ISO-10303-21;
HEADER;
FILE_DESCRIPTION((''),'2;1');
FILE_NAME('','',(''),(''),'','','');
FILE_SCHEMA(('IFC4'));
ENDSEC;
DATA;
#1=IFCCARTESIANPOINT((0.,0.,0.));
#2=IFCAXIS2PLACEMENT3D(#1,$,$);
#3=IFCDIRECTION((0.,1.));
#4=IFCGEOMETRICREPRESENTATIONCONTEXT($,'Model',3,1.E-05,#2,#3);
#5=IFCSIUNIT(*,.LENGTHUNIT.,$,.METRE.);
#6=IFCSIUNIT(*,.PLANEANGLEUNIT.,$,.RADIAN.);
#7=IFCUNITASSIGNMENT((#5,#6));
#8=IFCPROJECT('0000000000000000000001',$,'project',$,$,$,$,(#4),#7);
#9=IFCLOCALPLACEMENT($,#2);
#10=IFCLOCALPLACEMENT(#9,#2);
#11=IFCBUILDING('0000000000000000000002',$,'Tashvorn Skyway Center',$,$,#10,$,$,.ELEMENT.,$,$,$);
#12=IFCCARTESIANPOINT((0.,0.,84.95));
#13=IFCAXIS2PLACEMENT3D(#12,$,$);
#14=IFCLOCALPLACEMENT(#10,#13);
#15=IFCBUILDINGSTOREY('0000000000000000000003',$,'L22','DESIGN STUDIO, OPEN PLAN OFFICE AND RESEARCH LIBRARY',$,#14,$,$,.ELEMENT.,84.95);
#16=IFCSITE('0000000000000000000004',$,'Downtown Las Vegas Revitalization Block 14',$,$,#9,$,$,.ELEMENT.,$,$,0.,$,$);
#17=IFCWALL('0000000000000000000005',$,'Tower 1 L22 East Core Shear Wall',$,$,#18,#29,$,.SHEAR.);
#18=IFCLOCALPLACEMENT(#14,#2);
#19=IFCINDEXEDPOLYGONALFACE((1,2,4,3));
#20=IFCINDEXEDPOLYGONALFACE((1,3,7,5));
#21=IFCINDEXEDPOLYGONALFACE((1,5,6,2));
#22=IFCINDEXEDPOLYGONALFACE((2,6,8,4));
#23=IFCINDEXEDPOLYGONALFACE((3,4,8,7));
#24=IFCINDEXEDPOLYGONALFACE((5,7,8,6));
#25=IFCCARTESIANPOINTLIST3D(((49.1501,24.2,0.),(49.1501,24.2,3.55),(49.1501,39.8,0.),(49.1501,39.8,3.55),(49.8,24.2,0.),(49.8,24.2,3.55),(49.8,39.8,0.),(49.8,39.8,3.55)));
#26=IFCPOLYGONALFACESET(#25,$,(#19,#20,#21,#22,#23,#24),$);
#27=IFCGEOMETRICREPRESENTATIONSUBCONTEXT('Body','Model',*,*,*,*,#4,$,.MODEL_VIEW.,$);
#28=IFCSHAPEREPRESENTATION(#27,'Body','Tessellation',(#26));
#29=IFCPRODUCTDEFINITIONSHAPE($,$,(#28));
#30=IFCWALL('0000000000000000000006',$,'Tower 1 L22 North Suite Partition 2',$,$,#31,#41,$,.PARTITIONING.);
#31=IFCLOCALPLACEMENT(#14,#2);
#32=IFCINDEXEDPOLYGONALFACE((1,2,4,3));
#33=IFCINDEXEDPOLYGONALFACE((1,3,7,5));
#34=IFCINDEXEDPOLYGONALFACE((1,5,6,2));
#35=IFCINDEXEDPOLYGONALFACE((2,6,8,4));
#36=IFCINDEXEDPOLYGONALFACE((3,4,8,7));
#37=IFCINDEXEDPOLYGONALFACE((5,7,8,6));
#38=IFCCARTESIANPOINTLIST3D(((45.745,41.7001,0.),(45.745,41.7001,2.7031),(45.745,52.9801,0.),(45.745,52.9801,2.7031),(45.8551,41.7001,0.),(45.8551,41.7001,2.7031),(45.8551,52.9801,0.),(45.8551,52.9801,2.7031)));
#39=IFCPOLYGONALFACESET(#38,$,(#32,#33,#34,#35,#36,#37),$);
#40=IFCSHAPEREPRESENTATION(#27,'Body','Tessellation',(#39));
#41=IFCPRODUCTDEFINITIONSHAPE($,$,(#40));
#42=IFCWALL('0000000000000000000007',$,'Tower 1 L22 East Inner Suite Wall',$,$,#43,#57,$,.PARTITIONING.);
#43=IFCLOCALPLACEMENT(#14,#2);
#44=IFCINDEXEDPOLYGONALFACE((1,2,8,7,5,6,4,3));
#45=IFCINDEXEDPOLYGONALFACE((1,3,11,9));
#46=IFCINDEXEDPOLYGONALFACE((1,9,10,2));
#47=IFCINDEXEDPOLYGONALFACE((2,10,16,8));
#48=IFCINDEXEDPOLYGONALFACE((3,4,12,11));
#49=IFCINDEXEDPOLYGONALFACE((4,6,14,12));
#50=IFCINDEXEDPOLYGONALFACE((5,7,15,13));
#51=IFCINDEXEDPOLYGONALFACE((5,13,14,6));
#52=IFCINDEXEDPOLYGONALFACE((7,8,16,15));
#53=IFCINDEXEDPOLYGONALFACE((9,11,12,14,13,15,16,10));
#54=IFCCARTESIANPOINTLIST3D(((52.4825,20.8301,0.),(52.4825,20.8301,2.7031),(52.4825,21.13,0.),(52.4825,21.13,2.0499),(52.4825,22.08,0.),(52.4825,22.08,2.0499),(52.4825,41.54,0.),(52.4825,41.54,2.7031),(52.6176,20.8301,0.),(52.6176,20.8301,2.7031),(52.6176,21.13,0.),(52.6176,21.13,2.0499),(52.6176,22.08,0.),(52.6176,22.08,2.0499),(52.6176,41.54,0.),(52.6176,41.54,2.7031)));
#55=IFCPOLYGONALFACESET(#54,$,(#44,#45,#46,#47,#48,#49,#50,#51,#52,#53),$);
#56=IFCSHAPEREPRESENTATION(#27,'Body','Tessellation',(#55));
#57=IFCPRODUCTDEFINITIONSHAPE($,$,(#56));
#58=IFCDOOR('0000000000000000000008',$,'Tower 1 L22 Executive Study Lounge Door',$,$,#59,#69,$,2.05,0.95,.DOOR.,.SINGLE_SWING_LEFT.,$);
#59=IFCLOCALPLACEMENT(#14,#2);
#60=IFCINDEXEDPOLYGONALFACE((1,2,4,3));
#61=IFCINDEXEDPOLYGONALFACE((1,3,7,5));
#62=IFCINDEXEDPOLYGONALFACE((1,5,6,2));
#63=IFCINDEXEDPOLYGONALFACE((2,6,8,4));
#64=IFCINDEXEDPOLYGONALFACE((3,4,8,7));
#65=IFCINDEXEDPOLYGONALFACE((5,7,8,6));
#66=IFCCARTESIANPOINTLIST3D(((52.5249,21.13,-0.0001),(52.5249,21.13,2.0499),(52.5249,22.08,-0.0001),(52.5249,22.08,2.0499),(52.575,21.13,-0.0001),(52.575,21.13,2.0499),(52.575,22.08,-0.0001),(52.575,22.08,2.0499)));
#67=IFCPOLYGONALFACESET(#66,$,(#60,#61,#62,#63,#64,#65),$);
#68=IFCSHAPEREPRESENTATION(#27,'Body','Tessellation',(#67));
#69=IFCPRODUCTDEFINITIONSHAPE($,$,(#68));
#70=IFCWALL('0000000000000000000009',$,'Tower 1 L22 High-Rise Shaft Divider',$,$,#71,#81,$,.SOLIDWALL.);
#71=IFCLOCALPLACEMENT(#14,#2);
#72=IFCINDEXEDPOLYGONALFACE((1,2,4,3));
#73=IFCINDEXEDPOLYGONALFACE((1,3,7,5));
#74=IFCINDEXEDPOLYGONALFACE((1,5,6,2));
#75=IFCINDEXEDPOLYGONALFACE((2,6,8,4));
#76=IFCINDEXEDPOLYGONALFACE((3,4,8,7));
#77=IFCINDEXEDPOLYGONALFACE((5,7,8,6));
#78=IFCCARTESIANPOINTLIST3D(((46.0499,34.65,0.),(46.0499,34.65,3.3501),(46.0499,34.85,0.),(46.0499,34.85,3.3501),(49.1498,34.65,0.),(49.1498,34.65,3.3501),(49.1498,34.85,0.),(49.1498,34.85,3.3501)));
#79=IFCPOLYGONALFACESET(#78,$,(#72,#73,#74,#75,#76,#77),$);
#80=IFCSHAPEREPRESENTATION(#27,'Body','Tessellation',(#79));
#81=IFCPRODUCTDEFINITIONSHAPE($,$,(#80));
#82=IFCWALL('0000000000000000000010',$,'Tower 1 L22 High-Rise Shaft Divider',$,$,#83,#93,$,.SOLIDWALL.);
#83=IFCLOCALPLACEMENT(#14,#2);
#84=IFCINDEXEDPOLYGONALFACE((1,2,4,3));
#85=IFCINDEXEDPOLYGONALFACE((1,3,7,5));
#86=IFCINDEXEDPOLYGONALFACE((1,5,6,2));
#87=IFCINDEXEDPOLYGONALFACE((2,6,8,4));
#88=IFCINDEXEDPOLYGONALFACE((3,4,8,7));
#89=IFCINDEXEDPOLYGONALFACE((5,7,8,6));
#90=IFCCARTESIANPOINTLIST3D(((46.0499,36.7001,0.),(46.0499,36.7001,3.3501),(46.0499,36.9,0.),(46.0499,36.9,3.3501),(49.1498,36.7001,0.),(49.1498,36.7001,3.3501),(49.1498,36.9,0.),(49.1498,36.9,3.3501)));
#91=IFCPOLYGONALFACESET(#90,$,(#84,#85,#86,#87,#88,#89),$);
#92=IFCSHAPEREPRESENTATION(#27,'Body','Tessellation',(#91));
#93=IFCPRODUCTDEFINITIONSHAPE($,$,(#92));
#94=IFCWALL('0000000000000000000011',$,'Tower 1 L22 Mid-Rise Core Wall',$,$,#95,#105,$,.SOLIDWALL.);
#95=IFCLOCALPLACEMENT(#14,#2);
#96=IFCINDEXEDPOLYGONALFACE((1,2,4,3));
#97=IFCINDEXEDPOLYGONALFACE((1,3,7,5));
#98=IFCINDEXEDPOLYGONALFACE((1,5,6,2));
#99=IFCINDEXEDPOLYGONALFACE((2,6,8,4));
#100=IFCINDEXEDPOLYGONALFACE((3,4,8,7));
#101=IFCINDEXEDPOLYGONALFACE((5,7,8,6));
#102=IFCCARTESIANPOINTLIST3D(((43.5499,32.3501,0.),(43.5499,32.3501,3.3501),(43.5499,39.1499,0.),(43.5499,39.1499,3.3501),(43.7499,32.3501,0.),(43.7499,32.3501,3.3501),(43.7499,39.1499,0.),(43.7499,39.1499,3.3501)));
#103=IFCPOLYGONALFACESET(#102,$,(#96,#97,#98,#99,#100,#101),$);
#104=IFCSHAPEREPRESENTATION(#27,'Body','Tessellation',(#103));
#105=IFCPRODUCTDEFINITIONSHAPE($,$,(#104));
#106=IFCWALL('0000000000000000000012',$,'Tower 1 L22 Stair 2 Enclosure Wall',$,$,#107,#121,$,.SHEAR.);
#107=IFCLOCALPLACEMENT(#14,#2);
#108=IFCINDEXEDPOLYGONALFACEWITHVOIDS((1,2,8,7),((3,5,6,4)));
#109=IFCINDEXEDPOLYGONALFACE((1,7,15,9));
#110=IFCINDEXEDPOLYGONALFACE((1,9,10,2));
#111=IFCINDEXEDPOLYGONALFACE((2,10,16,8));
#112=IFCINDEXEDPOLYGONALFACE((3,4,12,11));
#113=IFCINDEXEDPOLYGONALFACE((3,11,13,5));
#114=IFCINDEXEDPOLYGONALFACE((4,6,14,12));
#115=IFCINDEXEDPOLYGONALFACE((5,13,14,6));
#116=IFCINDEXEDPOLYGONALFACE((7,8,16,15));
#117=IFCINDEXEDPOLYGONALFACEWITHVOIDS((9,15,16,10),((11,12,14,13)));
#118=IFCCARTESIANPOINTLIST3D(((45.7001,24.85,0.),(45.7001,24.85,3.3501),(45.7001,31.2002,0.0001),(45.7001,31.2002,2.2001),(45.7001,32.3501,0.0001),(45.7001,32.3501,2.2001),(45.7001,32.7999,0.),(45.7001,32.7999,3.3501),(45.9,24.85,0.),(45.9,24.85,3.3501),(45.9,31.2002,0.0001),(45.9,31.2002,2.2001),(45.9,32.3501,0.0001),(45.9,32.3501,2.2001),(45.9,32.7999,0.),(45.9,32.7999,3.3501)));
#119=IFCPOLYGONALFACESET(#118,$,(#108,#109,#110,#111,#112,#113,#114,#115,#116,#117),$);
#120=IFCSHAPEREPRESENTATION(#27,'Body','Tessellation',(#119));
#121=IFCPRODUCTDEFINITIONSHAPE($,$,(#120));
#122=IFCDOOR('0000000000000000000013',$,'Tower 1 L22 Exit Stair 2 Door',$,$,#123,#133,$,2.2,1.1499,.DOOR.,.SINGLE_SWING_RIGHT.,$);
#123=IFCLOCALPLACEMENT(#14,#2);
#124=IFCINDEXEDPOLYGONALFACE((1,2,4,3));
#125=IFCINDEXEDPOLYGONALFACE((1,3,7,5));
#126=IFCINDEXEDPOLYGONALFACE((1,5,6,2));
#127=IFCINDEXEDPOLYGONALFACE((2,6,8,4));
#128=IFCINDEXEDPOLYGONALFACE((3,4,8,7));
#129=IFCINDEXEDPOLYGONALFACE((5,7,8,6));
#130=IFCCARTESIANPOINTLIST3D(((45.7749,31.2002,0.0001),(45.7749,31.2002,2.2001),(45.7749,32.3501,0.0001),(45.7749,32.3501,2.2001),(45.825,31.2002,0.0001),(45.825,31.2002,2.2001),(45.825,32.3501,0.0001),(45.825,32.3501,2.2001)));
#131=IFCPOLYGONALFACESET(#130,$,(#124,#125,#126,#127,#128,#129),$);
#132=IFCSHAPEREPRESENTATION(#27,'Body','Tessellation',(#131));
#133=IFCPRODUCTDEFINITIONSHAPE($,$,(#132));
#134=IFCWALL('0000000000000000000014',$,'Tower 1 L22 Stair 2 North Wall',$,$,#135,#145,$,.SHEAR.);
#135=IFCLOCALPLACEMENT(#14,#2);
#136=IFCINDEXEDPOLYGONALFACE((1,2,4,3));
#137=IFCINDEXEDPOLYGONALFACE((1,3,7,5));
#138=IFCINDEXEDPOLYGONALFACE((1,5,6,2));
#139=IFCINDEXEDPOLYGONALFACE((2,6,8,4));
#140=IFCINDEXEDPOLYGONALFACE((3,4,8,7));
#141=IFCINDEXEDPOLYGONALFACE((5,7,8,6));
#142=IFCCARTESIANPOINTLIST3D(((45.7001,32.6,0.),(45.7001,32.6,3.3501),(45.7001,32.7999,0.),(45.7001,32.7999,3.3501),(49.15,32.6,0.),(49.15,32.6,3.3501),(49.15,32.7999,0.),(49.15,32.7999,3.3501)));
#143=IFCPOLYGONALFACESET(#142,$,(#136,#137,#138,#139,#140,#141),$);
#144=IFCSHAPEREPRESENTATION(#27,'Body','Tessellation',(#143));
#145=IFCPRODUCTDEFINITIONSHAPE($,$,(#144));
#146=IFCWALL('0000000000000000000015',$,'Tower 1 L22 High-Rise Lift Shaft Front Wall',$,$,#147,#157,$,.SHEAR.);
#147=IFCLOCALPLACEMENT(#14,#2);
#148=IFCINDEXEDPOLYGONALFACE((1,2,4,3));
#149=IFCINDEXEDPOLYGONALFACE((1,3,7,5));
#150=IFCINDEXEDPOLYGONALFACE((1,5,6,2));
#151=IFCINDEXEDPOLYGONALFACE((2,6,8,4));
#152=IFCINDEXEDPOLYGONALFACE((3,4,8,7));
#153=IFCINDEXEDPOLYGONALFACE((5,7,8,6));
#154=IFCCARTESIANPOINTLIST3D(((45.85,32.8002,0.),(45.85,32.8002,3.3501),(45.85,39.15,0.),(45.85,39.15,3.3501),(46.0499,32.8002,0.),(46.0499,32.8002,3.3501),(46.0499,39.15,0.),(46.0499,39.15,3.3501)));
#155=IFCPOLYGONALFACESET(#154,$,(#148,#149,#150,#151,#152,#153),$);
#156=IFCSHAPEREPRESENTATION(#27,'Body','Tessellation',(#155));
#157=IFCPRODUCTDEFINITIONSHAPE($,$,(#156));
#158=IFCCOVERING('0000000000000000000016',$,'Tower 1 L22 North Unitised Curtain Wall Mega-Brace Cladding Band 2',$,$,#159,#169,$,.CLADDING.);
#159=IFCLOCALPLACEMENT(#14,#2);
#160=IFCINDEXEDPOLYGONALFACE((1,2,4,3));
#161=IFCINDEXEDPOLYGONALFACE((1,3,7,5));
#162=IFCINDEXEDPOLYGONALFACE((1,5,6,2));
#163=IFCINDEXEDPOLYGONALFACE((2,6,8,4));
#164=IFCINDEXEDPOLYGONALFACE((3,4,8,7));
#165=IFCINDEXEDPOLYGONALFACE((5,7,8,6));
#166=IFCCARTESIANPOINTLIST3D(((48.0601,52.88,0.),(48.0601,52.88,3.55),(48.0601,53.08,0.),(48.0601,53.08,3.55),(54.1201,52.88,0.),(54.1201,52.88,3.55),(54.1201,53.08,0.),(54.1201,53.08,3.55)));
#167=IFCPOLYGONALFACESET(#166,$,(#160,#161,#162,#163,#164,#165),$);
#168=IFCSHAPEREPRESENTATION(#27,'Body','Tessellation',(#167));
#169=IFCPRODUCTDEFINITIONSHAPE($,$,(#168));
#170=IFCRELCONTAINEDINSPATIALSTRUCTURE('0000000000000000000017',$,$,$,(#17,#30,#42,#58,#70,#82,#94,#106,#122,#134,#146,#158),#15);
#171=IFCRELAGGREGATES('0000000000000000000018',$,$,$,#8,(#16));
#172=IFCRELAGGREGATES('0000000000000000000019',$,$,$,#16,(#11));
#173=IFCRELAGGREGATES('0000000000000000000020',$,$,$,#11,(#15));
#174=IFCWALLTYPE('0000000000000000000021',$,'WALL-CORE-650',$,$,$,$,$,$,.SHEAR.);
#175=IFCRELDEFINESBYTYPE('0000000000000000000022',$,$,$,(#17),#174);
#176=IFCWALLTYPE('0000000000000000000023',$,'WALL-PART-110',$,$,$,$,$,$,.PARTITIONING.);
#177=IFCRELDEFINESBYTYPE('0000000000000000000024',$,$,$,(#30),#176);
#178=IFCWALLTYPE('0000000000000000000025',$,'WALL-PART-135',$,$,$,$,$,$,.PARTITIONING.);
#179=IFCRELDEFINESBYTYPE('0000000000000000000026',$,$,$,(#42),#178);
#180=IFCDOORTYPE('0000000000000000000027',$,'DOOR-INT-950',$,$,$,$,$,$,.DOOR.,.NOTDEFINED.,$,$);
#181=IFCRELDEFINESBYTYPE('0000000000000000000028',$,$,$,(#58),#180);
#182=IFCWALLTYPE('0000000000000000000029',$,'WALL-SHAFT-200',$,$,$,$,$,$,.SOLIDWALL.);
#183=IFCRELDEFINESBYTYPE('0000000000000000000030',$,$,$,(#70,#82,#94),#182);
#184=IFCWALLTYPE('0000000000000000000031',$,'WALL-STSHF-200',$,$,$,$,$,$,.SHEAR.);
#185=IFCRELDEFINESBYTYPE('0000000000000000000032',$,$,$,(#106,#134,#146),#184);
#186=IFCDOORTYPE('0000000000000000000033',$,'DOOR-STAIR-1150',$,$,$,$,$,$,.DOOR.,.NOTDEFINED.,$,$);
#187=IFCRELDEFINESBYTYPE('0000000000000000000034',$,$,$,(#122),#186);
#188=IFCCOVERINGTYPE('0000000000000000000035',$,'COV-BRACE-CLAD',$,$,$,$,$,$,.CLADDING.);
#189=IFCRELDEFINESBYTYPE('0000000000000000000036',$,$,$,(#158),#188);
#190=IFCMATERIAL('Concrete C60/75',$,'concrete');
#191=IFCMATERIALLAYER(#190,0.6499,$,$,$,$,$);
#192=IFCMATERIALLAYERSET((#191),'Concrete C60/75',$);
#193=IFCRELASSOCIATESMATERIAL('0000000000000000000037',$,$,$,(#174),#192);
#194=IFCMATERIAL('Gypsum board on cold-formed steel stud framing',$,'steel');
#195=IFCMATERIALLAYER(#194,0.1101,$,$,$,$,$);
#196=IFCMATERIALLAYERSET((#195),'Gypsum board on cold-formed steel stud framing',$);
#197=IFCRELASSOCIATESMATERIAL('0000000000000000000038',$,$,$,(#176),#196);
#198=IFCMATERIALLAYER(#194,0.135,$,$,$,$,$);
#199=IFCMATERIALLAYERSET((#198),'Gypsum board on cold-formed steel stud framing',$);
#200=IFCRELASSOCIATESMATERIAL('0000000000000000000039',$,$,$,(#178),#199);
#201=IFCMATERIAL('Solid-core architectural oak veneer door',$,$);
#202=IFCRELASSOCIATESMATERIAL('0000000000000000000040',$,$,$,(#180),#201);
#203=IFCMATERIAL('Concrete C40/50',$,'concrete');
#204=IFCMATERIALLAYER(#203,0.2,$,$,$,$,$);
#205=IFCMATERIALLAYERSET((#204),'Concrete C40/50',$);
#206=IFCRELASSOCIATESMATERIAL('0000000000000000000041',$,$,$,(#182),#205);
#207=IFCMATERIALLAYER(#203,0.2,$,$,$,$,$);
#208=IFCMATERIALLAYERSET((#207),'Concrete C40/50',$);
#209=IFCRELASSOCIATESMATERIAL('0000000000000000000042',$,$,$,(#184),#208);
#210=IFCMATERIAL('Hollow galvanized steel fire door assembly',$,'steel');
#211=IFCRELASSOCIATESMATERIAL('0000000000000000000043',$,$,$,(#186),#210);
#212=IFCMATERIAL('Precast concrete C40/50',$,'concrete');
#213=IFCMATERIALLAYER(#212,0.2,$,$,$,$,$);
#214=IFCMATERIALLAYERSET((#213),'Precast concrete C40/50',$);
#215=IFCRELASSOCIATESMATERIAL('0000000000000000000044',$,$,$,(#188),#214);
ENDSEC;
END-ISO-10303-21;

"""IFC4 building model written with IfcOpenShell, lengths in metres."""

from ifc_helpers import new_model, si_unit, direction, frame, frame_2d, origin, origin_2d, place, context, subcontext, project, spatial, rectangle, extrude, material, layer, layer_set, type_object, element, fill, save


model = new_model("IFC4")

# Units and contexts
model_context = context("Model", 3, precision=1e-05, world=origin(), true_north=direction((0.0, 1.0)))
body_context = subcontext(model_context, "Body", "Model", "MODEL_VIEW")
ifc_project = project(units=[si_unit("LENGTHUNIT", "METRE"), si_unit("PLANEANGLEUNIT", "RADIAN")], contexts=[model_context])

# Site, building, storey
site_placement = place(None, origin())
site = spatial("IfcSite", under=ifc_project, at=site_placement, Name="Downtown Las Vegas Revitalization Block 14", CompositionType="ELEMENT", RefElevation=0.0)
building_placement = place(site_placement, origin())
building = spatial("IfcBuilding", under=site, at=building_placement, Name="Tashvorn Skyway Center", CompositionType="ELEMENT")
storey_placement = place(building_placement, frame((0.0, 0.0, 84.95)))
storey = spatial("IfcBuildingStorey", under=building, at=storey_placement, Name="L22", Description="DESIGN STUDIO, OPEN PLAN OFFICE AND RESEARCH LIBRARY", CompositionType="ELEMENT", Elevation=84.95)

# Walls
ifc_material_1 = material(Name="Concrete C60/75", Category="concrete")
ifc_layer_1 = layer(ifc_material_1, 0.6499)
ifc_layer_set_1 = layer_set([ifc_layer_1], Name="Concrete C60/75")
wall_type_1 = type_object("IfcWallType", Name="WALL-CORE-650", PredefinedType="SHEAR", material=ifc_layer_set_1)
wall_1_placement = place(storey_placement, frame((49.4751, 39.8, 0.0), z_axis=(0.0, 0.0, 1.0), x_axis=(0.0, -1.0, 0.0)))
element("IfcWall", 1, at=wall_1_placement, inside=storey, type_object=wall_type_1, Name="Tower 1 L22 East Core Shear Wall", PredefinedType="SHEAR", context=body_context, shape_type="SweptSolid", body=[
    extrude(rectangle(XDim=15.6001, YDim=0.6499, at=frame_2d((7.8, 0.0))), origin(), (0.0, 0.0, 1.0), 3.55),
])
ifc_material_2 = material(Name="Gypsum board on cold-formed steel stud framing", Category="steel")
ifc_layer_2 = layer(ifc_material_2, 0.1101)
ifc_layer_set_2 = layer_set([ifc_layer_2], Name="Gypsum board on cold-formed steel stud framing")
wall_type_2 = type_object("IfcWallType", Name="WALL-PART-110", PredefinedType="PARTITIONING", material=ifc_layer_set_2)
wall_2_placement = place(storey_placement, frame((45.8, 41.7, 0.0), z_axis=(0.0, 0.0, 1.0), x_axis=(0.0, 1.0, 0.0)))
element("IfcWall", 2, at=wall_2_placement, inside=storey, type_object=wall_type_2, Name="Tower 1 L22 North Suite Partition 2", PredefinedType="PARTITIONING", context=body_context, shape_type="SweptSolid", body=[
    extrude(rectangle(XDim=11.28, YDim=0.1101, at=frame_2d((5.6401, 0.0))), origin(), (0.0, 0.0, 1.0), 2.7031),
])

# Wall, opening, door
ifc_layer_3 = layer(ifc_material_2, 0.135)
ifc_layer_set_3 = layer_set([ifc_layer_3], Name="Gypsum board on cold-formed steel stud framing")
wall_type_3 = type_object("IfcWallType", Name="WALL-PART-135", PredefinedType="PARTITIONING", material=ifc_layer_set_3)
wall_3_placement = place(storey_placement, frame((52.55, 41.54, 0.0), z_axis=(0.0, 0.0, 1.0), x_axis=(0.0, -1.0, 0.0)))
wall_3 = element("IfcWall", 3, at=wall_3_placement, inside=storey, type_object=wall_type_3, Name="Tower 1 L22 East Inner Suite Wall", PredefinedType="PARTITIONING", context=body_context, shape_type="SweptSolid", body=[
    extrude(rectangle(XDim=20.71, YDim=0.135, at=frame_2d((10.355, 0.0))), origin(), (0.0, 0.0, 1.0), 2.7031),
])
opening_1_placement = place(wall_3_placement, frame((19.46, 0.0, 0.0)))
opening_1 = element("IfcOpeningElement", 4, at=opening_1_placement, cuts=wall_3, PredefinedType="OPENING", context=body_context, shape_type="SweptSolid", body=[
    extrude(rectangle(XDim=0.95, YDim=2.05, at=frame_2d((0.4751, 1.0249))), frame((0.0, 0.0774, 0.0), z_axis=(0.0, -1.0, 0.0), x_axis=(1.0, 0.0, 0.0)), (0.0, 0.0, 1.0), 0.155),
])
ifc_material_3 = material(Name="Solid-core architectural oak veneer door")
door_type_1 = type_object("IfcDoorType", Name="DOOR-INT-950", OperationType="NOTDEFINED", PredefinedType="DOOR", material=ifc_material_3)
door_1_placement = place(opening_1_placement, origin())
door_1 = element("IfcDoor", 5, at=door_1_placement, inside=storey, type_object=door_type_1, Name="Tower 1 L22 Executive Study Lounge Door", OperationType="SINGLE_SWING_LEFT", OverallHeight=2.05, OverallWidth=0.95, PredefinedType="DOOR", context=body_context, shape_type="SweptSolid", body=[
    extrude(rectangle(XDim=0.95, YDim=2.05, at=frame_2d((0.4751, 1.0249))), frame((0.0, 0.0249, 0.0), z_axis=(0.0, -1.0, 0.0), x_axis=(1.0, 0.0, 0.0)), (0.0, 0.0, 1.0), 0.05),
])
fill(opening_1, door_1)

# Walls
ifc_material_4 = material(Name="Concrete C40/50", Category="concrete")
ifc_layer_4 = layer(ifc_material_4, 0.2)
ifc_layer_set_4 = layer_set([ifc_layer_4], Name="Concrete C40/50")
wall_type_4 = type_object("IfcWallType", Name="WALL-SHAFT-200", PredefinedType="SOLIDWALL", material=ifc_layer_set_4)
for number, where, z_axis, x_axis, name in (
    (6, (46.05, 34.75, 0.0), (0.0, 0.0, 1.0), (1.0, 0.0, 0.0), "Tower 1 L22 High-Rise Shaft Divider"),
    (7, (46.05, 36.8, 0.0), (0.0, 0.0, 1.0), (1.0, 0.0, 0.0), "Tower 1 L22 High-Rise Shaft Divider"),
):
    element("IfcWall", number, at=place(storey_placement, frame(where, z_axis=z_axis, x_axis=x_axis)), inside=storey, type_object=wall_type_4, Name=name, PredefinedType="SOLIDWALL", context=body_context, shape_type="SweptSolid", body=[
        extrude(rectangle(XDim=3.0999, YDim=0.2, at=frame_2d((1.5498, 0.0))), origin(), (0.0, 0.0, 1.0), 3.3501),
    ])
wall_4_placement = place(storey_placement, frame((43.6499, 32.3501, 0.0), z_axis=(0.0, 0.0, 1.0), x_axis=(0.0, 1.0, 0.0)))
element("IfcWall", 8, at=wall_4_placement, inside=storey, type_object=wall_type_4, Name="Tower 1 L22 Mid-Rise Core Wall", PredefinedType="SOLIDWALL", context=body_context, shape_type="SweptSolid", body=[
    extrude(rectangle(XDim=6.7998, YDim=0.2, at=frame_2d((3.3999, 0.0))), origin(), (0.0, 0.0, 1.0), 3.3501),
])

# Wall, opening, door
ifc_layer_5 = layer(ifc_material_4, 0.2)
ifc_layer_set_5 = layer_set([ifc_layer_5], Name="Concrete C40/50")
wall_type_5 = type_object("IfcWallType", Name="WALL-STSHF-200", PredefinedType="SHEAR", material=ifc_layer_set_5)
wall_5_placement = place(storey_placement, frame((45.8, 32.8, 0.0), z_axis=(0.0, 0.0, 1.0), x_axis=(0.0, -1.0, 0.0)))
wall_5 = element("IfcWall", 9, at=wall_5_placement, inside=storey, type_object=wall_type_5, Name="Tower 1 L22 Stair 2 Enclosure Wall", PredefinedType="SHEAR", context=body_context, shape_type="SweptSolid", body=[
    extrude(rectangle(XDim=7.95, YDim=0.2, at=frame_2d((3.9751, 0.0))), origin(), (0.0, 0.0, 1.0), 3.3501),
])
opening_2_placement = place(wall_5_placement, frame((0.45, 0.0, 0.0)))
opening_2 = element("IfcOpeningElement", 10, at=opening_2_placement, cuts=wall_5, PredefinedType="OPENING", context=body_context, shape_type="SweptSolid", body=[
    extrude(rectangle(XDim=1.1499, YDim=2.2, at=frame_2d((0.575, 1.1001))), frame((0.0, 0.1099, 0.0), z_axis=(0.0, -1.0, 0.0), x_axis=(1.0, 0.0, 0.0)), (0.0, 0.0, 1.0), 0.22),
])
ifc_material_5 = material(Name="Hollow galvanized steel fire door assembly", Category="steel")
door_type_2 = type_object("IfcDoorType", Name="DOOR-STAIR-1150", OperationType="NOTDEFINED", PredefinedType="DOOR", material=ifc_material_5)
door_2_placement = place(opening_2_placement, origin())
door_2 = element("IfcDoor", 11, at=door_2_placement, inside=storey, type_object=door_type_2, Name="Tower 1 L22 Exit Stair 2 Door", OperationType="SINGLE_SWING_RIGHT", OverallHeight=2.2, OverallWidth=1.1499, PredefinedType="DOOR", context=body_context, shape_type="SweptSolid", body=[
    extrude(rectangle(XDim=1.1499, YDim=2.2, at=frame_2d((0.575, 1.1001))), frame((0.0, 0.0249, 0.0), z_axis=(0.0, -1.0, 0.0), x_axis=(1.0, 0.0, 0.0)), (0.0, 0.0, 1.0), 0.05),
])
fill(opening_2, door_2)

# Walls
wall_6_placement = place(storey_placement, frame((45.7, 32.7, 0.0), z_axis=(0.0, 0.0, 1.0), x_axis=(1.0, 0.0, 0.0)))
element("IfcWall", 12, at=wall_6_placement, inside=storey, type_object=wall_type_5, Name="Tower 1 L22 Stair 2 North Wall", PredefinedType="SHEAR", context=body_context, shape_type="SweptSolid", body=[
    extrude(rectangle(XDim=3.45, YDim=0.2, at=frame_2d((1.7251, 0.0))), origin(), (0.0, 0.0, 1.0), 3.3501),
])
wall_7_placement = place(storey_placement, frame((45.95, 39.1499, 0.0), z_axis=(0.0, 0.0, 1.0), x_axis=(0.0, -1.0, 0.0)))
element("IfcWall", 13, at=wall_7_placement, inside=storey, type_object=wall_type_5, Name="Tower 1 L22 High-Rise Lift Shaft Front Wall", PredefinedType="SHEAR", context=body_context, shape_type="SweptSolid", body=[
    extrude(rectangle(XDim=6.3499, YDim=0.2, at=frame_2d((3.1748, 0.0))), origin(), (0.0, 0.0, 1.0), 3.3501),
])

# Covering
ifc_material_6 = material(Name="Precast concrete C40/50", Category="concrete")
ifc_layer_6 = layer(ifc_material_6, 0.2)
ifc_layer_set_6 = layer_set([ifc_layer_6], Name="Precast concrete C40/50")
covering_type = type_object("IfcCoveringType", Name="COV-BRACE-CLAD", PredefinedType="CLADDING", material=ifc_layer_set_6)
covering_placement = place(storey_placement, frame((51.0901, 52.98, 0.0), z_axis=(0.0, 0.0, 1.0), x_axis=(1.0, 0.0, 0.0)))
element("IfcCovering", 14, at=covering_placement, inside=storey, type_object=covering_type, Name="Tower 1 L22 North Unitised Curtain Wall Mega-Brace Cladding Band 2", PredefinedType="CLADDING", context=body_context, shape_type="SweptSolid", body=[
    extrude(rectangle(XDim=6.0601, YDim=0.2, at=origin_2d()), origin(), (0.0, 0.0, 1.0), 3.55),
])

save(model, "model.ifc")
